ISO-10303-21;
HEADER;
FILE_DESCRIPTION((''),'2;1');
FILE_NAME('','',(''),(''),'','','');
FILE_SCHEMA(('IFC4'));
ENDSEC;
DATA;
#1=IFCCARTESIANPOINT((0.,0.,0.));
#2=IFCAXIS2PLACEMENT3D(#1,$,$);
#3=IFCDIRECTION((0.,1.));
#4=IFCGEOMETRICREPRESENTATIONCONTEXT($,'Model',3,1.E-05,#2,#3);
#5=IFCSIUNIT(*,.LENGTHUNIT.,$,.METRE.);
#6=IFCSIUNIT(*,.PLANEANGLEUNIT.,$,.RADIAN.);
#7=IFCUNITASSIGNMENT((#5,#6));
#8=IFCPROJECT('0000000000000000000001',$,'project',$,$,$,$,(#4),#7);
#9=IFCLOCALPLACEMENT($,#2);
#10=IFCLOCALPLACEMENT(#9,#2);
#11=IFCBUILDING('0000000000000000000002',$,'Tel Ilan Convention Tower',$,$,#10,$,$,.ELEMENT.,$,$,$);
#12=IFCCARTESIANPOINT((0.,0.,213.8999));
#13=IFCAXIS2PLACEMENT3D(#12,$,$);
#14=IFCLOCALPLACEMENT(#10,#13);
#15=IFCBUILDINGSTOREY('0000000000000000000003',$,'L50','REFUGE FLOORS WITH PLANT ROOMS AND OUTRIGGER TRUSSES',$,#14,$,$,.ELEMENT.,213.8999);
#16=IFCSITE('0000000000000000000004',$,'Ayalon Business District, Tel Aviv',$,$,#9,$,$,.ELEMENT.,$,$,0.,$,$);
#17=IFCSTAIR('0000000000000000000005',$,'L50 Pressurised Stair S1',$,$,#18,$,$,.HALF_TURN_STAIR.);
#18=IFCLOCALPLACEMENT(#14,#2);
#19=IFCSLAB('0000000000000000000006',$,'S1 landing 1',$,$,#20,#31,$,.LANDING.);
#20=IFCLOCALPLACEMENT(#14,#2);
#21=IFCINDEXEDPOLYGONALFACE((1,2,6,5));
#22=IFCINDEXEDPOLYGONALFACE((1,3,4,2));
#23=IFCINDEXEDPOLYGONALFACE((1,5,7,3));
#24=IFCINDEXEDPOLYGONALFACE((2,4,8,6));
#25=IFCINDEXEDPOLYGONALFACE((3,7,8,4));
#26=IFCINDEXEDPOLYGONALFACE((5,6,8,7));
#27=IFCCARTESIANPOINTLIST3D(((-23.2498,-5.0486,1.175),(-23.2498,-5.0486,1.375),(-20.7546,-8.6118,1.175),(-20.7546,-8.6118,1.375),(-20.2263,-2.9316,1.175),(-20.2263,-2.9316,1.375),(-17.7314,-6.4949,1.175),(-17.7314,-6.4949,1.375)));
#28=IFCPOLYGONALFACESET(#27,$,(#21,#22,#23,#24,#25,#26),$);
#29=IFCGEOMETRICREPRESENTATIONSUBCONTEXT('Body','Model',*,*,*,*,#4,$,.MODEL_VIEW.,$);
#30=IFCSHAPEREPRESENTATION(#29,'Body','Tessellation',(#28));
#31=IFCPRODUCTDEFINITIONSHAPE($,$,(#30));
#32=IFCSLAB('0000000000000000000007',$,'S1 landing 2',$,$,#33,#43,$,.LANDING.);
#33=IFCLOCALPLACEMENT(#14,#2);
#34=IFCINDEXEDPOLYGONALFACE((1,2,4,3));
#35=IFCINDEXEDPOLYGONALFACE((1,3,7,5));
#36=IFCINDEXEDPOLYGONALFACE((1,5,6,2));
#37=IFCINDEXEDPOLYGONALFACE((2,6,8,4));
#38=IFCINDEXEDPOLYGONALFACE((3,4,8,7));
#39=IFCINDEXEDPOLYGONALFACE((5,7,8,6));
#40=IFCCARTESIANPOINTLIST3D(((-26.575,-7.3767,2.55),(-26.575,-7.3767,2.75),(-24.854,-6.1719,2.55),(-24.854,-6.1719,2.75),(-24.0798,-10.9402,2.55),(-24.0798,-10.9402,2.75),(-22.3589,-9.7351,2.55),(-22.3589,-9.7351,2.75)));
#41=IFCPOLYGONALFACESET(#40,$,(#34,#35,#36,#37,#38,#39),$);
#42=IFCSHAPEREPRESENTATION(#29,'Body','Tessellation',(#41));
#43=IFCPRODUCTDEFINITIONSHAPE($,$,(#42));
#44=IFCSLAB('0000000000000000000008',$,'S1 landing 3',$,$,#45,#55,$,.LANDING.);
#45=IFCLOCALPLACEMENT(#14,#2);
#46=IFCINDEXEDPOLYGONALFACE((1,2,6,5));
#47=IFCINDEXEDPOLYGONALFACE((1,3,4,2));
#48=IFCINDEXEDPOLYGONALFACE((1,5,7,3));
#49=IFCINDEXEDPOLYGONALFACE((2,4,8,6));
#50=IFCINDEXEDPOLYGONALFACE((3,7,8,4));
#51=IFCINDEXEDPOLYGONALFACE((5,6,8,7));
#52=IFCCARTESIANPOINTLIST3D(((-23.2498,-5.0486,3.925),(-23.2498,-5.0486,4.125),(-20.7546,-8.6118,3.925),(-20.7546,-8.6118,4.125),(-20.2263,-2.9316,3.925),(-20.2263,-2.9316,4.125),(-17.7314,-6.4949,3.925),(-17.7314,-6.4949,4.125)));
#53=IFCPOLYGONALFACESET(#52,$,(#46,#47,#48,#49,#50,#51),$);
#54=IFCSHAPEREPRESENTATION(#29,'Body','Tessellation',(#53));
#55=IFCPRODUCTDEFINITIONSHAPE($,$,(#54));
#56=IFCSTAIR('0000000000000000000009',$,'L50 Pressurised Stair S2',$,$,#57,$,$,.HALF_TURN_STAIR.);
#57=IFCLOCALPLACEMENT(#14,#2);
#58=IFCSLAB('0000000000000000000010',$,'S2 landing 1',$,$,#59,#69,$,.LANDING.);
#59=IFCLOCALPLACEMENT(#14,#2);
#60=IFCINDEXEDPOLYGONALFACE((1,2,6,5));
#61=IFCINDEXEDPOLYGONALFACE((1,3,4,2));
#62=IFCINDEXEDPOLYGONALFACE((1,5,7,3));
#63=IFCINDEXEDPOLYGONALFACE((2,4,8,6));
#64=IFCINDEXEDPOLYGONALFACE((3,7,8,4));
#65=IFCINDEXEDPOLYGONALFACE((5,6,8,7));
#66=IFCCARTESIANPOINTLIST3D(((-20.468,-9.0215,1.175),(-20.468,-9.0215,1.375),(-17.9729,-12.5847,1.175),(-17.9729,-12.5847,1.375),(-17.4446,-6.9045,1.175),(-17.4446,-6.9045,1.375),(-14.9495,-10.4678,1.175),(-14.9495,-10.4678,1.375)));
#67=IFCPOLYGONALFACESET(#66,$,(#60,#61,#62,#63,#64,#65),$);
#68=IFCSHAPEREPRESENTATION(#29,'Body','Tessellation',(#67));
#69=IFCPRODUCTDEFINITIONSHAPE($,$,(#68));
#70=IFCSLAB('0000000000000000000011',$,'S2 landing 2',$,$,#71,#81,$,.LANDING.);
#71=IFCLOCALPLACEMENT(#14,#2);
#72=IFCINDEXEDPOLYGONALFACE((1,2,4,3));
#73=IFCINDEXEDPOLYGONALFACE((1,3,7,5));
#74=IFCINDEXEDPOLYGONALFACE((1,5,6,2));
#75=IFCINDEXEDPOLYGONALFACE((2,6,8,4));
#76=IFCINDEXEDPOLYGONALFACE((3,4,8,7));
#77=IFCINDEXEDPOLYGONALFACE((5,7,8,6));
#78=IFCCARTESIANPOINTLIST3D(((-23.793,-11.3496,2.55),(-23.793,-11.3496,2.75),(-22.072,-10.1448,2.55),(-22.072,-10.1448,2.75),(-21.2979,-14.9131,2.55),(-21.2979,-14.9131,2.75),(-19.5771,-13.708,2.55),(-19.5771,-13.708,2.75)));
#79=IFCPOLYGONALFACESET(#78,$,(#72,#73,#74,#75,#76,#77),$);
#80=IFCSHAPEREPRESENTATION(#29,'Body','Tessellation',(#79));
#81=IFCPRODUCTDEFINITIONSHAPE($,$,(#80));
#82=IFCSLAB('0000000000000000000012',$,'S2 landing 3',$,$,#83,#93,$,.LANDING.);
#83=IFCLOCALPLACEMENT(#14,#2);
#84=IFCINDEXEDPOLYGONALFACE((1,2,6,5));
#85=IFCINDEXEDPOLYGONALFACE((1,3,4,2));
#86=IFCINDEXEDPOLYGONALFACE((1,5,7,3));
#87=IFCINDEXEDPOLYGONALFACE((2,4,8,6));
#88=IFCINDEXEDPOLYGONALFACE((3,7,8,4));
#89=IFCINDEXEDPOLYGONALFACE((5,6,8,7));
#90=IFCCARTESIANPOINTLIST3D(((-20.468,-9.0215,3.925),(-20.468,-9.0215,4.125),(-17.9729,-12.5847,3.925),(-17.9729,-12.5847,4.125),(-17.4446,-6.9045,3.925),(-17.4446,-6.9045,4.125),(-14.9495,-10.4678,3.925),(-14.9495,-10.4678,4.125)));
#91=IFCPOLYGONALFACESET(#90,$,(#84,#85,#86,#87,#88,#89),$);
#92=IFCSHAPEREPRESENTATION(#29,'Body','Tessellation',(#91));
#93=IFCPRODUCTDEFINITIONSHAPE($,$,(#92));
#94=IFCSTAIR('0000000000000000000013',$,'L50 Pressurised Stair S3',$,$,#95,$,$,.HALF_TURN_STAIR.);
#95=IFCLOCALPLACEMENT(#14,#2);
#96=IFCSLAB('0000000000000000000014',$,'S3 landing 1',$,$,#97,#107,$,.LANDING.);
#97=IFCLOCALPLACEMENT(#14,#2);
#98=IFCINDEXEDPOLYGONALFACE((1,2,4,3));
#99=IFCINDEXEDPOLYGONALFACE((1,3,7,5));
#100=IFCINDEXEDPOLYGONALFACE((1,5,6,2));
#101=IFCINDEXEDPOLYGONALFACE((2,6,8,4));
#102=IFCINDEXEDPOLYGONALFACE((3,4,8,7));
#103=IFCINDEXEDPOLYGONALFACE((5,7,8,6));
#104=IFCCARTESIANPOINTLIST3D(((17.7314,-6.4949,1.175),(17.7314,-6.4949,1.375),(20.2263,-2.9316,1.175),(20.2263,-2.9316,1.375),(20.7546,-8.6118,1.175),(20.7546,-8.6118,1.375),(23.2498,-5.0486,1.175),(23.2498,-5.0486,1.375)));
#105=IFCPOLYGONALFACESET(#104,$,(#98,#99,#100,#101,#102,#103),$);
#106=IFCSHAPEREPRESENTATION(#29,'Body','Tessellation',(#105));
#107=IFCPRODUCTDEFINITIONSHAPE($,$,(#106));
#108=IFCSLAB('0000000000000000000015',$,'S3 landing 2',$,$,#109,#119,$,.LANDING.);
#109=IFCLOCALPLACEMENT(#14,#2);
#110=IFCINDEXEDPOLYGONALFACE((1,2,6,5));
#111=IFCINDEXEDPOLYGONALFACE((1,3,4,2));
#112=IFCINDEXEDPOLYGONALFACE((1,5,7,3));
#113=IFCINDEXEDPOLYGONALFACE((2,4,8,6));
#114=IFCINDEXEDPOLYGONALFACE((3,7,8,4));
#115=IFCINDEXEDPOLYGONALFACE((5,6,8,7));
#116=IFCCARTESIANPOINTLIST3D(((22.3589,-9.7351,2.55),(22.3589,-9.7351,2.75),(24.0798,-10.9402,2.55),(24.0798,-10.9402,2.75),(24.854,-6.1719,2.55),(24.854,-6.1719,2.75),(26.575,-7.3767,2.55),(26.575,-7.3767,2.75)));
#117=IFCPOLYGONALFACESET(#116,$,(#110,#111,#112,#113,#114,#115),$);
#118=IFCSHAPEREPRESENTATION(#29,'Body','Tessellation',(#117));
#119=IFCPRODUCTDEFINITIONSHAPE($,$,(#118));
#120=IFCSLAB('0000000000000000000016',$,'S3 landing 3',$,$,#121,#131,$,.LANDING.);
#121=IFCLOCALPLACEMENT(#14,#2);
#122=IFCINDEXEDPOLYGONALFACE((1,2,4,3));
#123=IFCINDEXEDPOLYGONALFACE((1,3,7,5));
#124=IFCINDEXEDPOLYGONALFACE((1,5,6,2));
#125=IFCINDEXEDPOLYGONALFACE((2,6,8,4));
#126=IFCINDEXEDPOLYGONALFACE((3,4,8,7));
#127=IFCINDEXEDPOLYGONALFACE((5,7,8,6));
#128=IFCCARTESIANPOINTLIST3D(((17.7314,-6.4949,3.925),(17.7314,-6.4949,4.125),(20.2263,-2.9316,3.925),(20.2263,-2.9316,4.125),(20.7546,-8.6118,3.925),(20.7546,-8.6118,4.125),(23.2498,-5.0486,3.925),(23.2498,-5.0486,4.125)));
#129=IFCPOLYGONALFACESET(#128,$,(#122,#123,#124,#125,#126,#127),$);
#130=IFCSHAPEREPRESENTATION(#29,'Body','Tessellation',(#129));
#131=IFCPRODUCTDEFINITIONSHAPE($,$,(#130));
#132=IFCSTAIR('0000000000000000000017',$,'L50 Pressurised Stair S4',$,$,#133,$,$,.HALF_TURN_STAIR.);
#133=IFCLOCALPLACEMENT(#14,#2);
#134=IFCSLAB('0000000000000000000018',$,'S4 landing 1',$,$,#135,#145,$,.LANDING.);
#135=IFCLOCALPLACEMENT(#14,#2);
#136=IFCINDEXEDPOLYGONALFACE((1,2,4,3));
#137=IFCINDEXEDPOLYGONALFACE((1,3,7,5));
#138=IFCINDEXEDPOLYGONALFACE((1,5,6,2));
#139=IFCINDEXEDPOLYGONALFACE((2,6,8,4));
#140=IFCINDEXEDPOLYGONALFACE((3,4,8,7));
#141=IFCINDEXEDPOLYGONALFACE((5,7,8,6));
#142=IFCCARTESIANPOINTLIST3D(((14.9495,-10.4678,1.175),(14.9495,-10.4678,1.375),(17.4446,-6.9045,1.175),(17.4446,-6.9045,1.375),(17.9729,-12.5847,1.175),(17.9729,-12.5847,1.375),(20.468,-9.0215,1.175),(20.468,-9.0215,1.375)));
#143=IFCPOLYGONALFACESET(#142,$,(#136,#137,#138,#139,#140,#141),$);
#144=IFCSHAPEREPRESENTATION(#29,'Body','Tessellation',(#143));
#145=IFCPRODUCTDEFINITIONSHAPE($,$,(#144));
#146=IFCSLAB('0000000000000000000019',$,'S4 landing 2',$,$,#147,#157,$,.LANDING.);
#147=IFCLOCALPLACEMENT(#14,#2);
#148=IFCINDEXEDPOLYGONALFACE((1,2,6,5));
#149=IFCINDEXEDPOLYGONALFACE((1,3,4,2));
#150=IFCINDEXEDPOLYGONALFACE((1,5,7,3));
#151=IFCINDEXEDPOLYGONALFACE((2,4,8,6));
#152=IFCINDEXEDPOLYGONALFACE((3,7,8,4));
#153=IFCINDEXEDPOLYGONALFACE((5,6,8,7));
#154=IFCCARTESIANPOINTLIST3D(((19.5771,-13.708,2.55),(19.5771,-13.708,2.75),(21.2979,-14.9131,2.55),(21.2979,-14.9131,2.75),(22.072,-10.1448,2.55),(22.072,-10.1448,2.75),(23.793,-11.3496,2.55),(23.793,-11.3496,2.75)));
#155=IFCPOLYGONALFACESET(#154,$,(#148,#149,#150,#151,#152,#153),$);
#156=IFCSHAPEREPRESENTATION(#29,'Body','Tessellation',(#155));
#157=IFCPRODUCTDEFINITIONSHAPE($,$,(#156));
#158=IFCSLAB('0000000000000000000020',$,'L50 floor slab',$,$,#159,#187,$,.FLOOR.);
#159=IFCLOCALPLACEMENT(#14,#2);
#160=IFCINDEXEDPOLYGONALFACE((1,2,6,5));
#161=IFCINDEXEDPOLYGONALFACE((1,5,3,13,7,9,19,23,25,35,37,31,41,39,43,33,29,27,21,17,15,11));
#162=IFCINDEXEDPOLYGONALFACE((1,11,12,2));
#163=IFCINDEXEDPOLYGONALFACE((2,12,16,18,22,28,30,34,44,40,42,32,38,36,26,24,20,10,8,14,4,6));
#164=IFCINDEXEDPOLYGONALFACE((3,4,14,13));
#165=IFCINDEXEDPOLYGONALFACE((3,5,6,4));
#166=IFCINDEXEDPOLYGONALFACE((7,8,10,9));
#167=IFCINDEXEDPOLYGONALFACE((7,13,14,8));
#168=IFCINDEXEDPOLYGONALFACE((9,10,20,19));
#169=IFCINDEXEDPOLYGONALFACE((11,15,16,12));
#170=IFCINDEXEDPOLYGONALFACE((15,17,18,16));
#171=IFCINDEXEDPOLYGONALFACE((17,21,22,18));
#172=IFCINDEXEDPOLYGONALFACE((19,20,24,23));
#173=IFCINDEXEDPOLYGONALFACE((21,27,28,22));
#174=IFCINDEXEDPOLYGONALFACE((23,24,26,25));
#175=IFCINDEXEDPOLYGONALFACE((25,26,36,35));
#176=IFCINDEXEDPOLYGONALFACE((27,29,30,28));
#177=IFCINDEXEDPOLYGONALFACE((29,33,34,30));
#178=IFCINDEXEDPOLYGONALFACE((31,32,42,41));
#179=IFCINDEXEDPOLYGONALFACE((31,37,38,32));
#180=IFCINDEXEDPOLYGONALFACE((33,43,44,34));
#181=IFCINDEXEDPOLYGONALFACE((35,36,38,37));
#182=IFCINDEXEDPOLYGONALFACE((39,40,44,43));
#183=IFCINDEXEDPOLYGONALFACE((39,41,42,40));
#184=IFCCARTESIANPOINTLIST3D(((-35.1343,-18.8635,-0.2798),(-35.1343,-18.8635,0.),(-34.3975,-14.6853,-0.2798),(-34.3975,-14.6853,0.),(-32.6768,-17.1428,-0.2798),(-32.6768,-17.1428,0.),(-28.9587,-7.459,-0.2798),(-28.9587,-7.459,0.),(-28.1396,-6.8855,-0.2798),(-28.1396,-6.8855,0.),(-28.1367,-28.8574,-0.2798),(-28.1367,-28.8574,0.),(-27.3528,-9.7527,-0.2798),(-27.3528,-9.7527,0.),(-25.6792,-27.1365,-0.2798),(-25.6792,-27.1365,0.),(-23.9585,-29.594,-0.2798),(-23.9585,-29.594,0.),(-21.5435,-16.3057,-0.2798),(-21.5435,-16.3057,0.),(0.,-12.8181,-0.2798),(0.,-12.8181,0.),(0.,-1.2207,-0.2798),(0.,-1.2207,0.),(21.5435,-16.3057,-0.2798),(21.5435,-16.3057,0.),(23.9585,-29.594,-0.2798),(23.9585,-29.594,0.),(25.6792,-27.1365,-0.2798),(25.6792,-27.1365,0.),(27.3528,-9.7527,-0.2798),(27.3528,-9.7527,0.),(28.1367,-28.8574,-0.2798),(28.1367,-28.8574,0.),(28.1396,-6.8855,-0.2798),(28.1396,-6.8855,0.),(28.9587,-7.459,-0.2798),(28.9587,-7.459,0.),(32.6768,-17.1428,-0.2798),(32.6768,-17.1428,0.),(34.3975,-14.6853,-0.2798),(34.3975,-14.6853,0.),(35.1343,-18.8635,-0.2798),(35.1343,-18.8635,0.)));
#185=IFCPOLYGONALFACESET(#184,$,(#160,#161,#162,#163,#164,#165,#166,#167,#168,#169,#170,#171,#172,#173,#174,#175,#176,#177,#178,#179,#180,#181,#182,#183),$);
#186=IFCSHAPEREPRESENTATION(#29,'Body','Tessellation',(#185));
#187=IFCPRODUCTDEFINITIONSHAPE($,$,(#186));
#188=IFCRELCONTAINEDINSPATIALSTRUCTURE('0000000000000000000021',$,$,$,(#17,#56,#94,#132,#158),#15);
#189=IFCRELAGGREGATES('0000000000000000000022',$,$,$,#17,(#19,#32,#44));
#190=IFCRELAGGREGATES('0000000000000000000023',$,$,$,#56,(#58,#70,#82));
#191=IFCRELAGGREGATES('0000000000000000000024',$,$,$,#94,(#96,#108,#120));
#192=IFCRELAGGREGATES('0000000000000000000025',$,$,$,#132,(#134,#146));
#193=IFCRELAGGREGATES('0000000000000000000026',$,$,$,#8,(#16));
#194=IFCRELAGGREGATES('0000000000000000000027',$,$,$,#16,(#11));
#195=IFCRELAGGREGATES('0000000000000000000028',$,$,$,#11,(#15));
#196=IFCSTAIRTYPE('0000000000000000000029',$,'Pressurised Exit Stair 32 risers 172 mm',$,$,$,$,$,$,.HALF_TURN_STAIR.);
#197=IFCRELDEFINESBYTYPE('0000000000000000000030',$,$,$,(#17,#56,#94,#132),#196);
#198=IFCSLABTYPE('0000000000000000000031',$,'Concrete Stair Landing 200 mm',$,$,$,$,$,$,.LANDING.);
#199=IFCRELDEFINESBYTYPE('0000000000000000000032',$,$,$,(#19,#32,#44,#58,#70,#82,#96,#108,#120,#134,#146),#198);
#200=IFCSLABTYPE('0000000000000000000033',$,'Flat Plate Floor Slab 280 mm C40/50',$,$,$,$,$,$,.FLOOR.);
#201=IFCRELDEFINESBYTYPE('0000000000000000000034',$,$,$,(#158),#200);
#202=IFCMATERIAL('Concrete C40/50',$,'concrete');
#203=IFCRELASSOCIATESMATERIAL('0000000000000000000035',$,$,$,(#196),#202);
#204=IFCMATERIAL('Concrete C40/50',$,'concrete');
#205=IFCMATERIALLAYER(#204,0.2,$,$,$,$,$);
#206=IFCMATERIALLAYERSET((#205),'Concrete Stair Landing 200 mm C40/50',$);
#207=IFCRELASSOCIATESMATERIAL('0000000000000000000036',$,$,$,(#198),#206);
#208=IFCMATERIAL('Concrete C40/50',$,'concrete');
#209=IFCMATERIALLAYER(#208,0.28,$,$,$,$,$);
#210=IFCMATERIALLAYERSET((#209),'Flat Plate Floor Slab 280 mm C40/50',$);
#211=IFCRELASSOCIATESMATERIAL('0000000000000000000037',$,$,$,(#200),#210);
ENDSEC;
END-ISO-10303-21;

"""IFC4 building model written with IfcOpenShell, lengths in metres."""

from ifc_helpers import new_model, si_unit, direction, frame, origin, place, context, subcontext, project, spatial, polyline, outline, extrude, material, layer, layer_set, type_object, element, aggregate, save


model = new_model("IFC4")

# Units and contexts
model_context = context("Model", 3, precision=1e-05, world=origin(), true_north=direction((0.0, 1.0)))
body_context = subcontext(model_context, "Body", "Model", "MODEL_VIEW")
ifc_project = project(units=[si_unit("LENGTHUNIT", "METRE"), si_unit("PLANEANGLEUNIT", "RADIAN")], contexts=[model_context])

# Site, building, storey
site_placement = place(None, origin())
site = spatial("IfcSite", under=ifc_project, at=site_placement, Name="Ayalon Business District, Tel Aviv", CompositionType="ELEMENT", RefElevation=0.0)
building_placement = place(site_placement, origin())
building = spatial("IfcBuilding", under=site, at=building_placement, Name="Tel Ilan Convention Tower", CompositionType="ELEMENT")
storey_placement = place(building_placement, frame((0.0, 0.0, 213.8999)))
storey = spatial("IfcBuildingStorey", under=building, at=storey_placement, Name="L50", Description="REFUGE FLOORS WITH PLANT ROOMS AND OUTRIGGER TRUSSES", CompositionType="ELEMENT", Elevation=213.8999)

# Stairs, slabs
ifc_material_1 = material(Name="Concrete C40/50", Category="concrete")
stair_type = type_object("IfcStairType", Name="Pressurised Exit Stair 32 risers 172 mm", PredefinedType="HALF_TURN_STAIR", material=ifc_material_1)
stair_1_placement = place(storey_placement, origin())
stair_1 = element("IfcStair", 1, at=stair_1_placement, inside=storey, type_object=stair_type, Name="L50 Pressurised Stair S1", PredefinedType="HALF_TURN_STAIR")
ifc_material_2 = material(Name="Concrete C40/50", Category="concrete")
ifc_layer_1 = layer(ifc_material_2, 0.2)
ifc_layer_set_1 = layer_set([ifc_layer_1], Name="Concrete Stair Landing 200 mm C40/50")
slab_type_1 = type_object("IfcSlabType", Name="Concrete Stair Landing 200 mm", PredefinedType="LANDING", material=ifc_layer_set_1)
slab_1_placement = place(storey_placement, frame((0.0, 0.0, 1.175)))
slab_1 = element("IfcSlab", 2, at=slab_1_placement, type_object=slab_type_1, Name="S1 landing 1", PredefinedType="LANDING", context=body_context, shape_type="SweptSolid", body=[
    extrude(outline(polyline([(-20.7546, -8.6118), (-17.7314, -6.4949), (-20.2263, -2.9316), (-23.2498, -5.0486), (-20.7546, -8.6118)])), origin(), (0.0, 0.0, 1.0), 0.2),
])
slab_2_placement = place(storey_placement, frame((0.0, 0.0, 2.55)))
slab_2 = element("IfcSlab", 3, at=slab_2_placement, type_object=slab_type_1, Name="S1 landing 2", PredefinedType="LANDING", context=body_context, shape_type="SweptSolid", body=[
    extrude(outline(polyline([(-24.0798, -10.9402), (-22.3589, -9.7351), (-24.854, -6.1719), (-26.575, -7.3767), (-24.0798, -10.9402)])), origin(), (0.0, 0.0, 1.0), 0.2),
])
slab_3_placement = place(storey_placement, frame((0.0, 0.0, 3.925)))
slab_3 = element("IfcSlab", 4, at=slab_3_placement, type_object=slab_type_1, Name="S1 landing 3", PredefinedType="LANDING", context=body_context, shape_type="SweptSolid", body=[
    extrude(outline(polyline([(-20.7546, -8.6118), (-17.7314, -6.4949), (-20.2263, -2.9316), (-23.2498, -5.0486), (-20.7546, -8.6118)])), origin(), (0.0, 0.0, 1.0), 0.2),
])
aggregate(stair_1, [slab_1, slab_2, slab_3])
stair_2_placement = place(storey_placement, origin())
stair_2 = element("IfcStair", 5, at=stair_2_placement, inside=storey, type_object=stair_type, Name="L50 Pressurised Stair S2", PredefinedType="HALF_TURN_STAIR")
slab_4_placement = place(storey_placement, frame((0.0, 0.0, 1.175)))
slab_4 = element("IfcSlab", 6, at=slab_4_placement, type_object=slab_type_1, Name="S2 landing 1", PredefinedType="LANDING", context=body_context, shape_type="SweptSolid", body=[
    extrude(outline(polyline([(-17.9729, -12.5847), (-14.9495, -10.4678), (-17.4446, -6.9045), (-20.468, -9.0215), (-17.9729, -12.5847)])), origin(), (0.0, 0.0, 1.0), 0.2),
])
slab_5_placement = place(storey_placement, frame((0.0, 0.0, 2.55)))
slab_5 = element("IfcSlab", 7, at=slab_5_placement, type_object=slab_type_1, Name="S2 landing 2", PredefinedType="LANDING", context=body_context, shape_type="SweptSolid", body=[
    extrude(outline(polyline([(-21.2979, -14.9131), (-19.5771, -13.708), (-22.072, -10.1448), (-23.793, -11.3496), (-21.2979, -14.9131)])), origin(), (0.0, 0.0, 1.0), 0.2),
])
slab_6_placement = place(storey_placement, frame((0.0, 0.0, 3.925)))
slab_6 = element("IfcSlab", 8, at=slab_6_placement, type_object=slab_type_1, Name="S2 landing 3", PredefinedType="LANDING", context=body_context, shape_type="SweptSolid", body=[
    extrude(outline(polyline([(-17.9729, -12.5847), (-14.9495, -10.4678), (-17.4446, -6.9045), (-20.468, -9.0215), (-17.9729, -12.5847)])), origin(), (0.0, 0.0, 1.0), 0.2),
])
aggregate(stair_2, [slab_4, slab_5, slab_6])
stair_3_placement = place(storey_placement, origin())
stair_3 = element("IfcStair", 9, at=stair_3_placement, inside=storey, type_object=stair_type, Name="L50 Pressurised Stair S3", PredefinedType="HALF_TURN_STAIR")
slab_7_placement = place(storey_placement, frame((0.0, 0.0, 1.175)))
slab_7 = element("IfcSlab", 10, at=slab_7_placement, type_object=slab_type_1, Name="S3 landing 1", PredefinedType="LANDING", context=body_context, shape_type="SweptSolid", body=[
    extrude(outline(polyline([(23.2498, -5.0486), (20.2263, -2.9316), (17.7314, -6.4949), (20.7546, -8.6118), (23.2498, -5.0486)])), origin(), (0.0, 0.0, 1.0), 0.2),
])
slab_8_placement = place(storey_placement, frame((0.0, 0.0, 2.55)))
slab_8 = element("IfcSlab", 11, at=slab_8_placement, type_object=slab_type_1, Name="S3 landing 2", PredefinedType="LANDING", context=body_context, shape_type="SweptSolid", body=[
    extrude(outline(polyline([(26.575, -7.3767), (24.854, -6.1719), (22.3589, -9.7351), (24.0798, -10.9402), (26.575, -7.3767)])), origin(), (0.0, 0.0, 1.0), 0.2),
])
slab_9_placement = place(storey_placement, frame((0.0, 0.0, 3.925)))
slab_9 = element("IfcSlab", 12, at=slab_9_placement, type_object=slab_type_1, Name="S3 landing 3", PredefinedType="LANDING", context=body_context, shape_type="SweptSolid", body=[
    extrude(outline(polyline([(23.2498, -5.0486), (20.2263, -2.9316), (17.7314, -6.4949), (20.7546, -8.6118), (23.2498, -5.0486)])), origin(), (0.0, 0.0, 1.0), 0.2),
])
aggregate(stair_3, [slab_7, slab_8, slab_9])
stair_4_placement = place(storey_placement, origin())
stair_4 = element("IfcStair", 13, at=stair_4_placement, inside=storey, type_object=stair_type, Name="L50 Pressurised Stair S4", PredefinedType="HALF_TURN_STAIR")
slab_10_placement = place(storey_placement, frame((0.0, 0.0, 1.175)))
slab_10 = element("IfcSlab", 14, at=slab_10_placement, type_object=slab_type_1, Name="S4 landing 1", PredefinedType="LANDING", context=body_context, shape_type="SweptSolid", body=[
    extrude(outline(polyline([(20.468, -9.0215), (17.4446, -6.9045), (14.9495, -10.4678), (17.9729, -12.5847), (20.468, -9.0215)])), origin(), (0.0, 0.0, 1.0), 0.2),
])
slab_11_placement = place(storey_placement, frame((0.0, 0.0, 2.55)))
slab_11 = element("IfcSlab", 15, at=slab_11_placement, type_object=slab_type_1, Name="S4 landing 2", PredefinedType="LANDING", context=body_context, shape_type="SweptSolid", body=[
    extrude(outline(polyline([(23.793, -11.3496), (22.072, -10.1448), (19.5771, -13.708), (21.2979, -14.9131), (23.793, -11.3496)])), origin(), (0.0, 0.0, 1.0), 0.2),
])
aggregate(stair_4, [slab_10, slab_11])

# Slab
ifc_material_3 = material(Name="Concrete C40/50", Category="concrete")
ifc_layer_2 = layer(ifc_material_3, 0.28)
ifc_layer_set_2 = layer_set([ifc_layer_2], Name="Flat Plate Floor Slab 280 mm C40/50")
slab_type_2 = type_object("IfcSlabType", Name="Flat Plate Floor Slab 280 mm C40/50", PredefinedType="FLOOR", material=ifc_layer_set_2)
slab_12_placement = place(storey_placement, frame((0.0, 0.0, -0.2798)))
element("IfcSlab", 16, at=slab_12_placement, inside=storey, type_object=slab_type_2, Name="L50 floor slab", PredefinedType="FLOOR", context=body_context, shape_type="SweptSolid", body=[
    extrude(outline(polyline([(28.9587, -7.459), (27.3528, -9.7527), (34.3975, -14.6853), (32.6768, -17.1428), (35.1343, -18.8635), (28.1367, -28.8574), (25.6792, -27.1365), (23.9585, -29.594), (0.0, -12.8181), (-23.9585, -29.594), (-25.6792, -27.1365), (-28.1367, -28.8574), (-35.1343, -18.8635), (-32.6768, -17.1428), (-34.3975, -14.6853), (-27.3528, -9.7527), (-28.9587, -7.459), (-28.1396, -6.8855), (-21.5435, -16.3057), (0.0, -1.2207), (21.5435, -16.3057), (28.1396, -6.8855), (28.9587, -7.459)])), origin(), (0.0, 0.0, 1.0), 0.2798),
])

save(model, "model.ifc")
